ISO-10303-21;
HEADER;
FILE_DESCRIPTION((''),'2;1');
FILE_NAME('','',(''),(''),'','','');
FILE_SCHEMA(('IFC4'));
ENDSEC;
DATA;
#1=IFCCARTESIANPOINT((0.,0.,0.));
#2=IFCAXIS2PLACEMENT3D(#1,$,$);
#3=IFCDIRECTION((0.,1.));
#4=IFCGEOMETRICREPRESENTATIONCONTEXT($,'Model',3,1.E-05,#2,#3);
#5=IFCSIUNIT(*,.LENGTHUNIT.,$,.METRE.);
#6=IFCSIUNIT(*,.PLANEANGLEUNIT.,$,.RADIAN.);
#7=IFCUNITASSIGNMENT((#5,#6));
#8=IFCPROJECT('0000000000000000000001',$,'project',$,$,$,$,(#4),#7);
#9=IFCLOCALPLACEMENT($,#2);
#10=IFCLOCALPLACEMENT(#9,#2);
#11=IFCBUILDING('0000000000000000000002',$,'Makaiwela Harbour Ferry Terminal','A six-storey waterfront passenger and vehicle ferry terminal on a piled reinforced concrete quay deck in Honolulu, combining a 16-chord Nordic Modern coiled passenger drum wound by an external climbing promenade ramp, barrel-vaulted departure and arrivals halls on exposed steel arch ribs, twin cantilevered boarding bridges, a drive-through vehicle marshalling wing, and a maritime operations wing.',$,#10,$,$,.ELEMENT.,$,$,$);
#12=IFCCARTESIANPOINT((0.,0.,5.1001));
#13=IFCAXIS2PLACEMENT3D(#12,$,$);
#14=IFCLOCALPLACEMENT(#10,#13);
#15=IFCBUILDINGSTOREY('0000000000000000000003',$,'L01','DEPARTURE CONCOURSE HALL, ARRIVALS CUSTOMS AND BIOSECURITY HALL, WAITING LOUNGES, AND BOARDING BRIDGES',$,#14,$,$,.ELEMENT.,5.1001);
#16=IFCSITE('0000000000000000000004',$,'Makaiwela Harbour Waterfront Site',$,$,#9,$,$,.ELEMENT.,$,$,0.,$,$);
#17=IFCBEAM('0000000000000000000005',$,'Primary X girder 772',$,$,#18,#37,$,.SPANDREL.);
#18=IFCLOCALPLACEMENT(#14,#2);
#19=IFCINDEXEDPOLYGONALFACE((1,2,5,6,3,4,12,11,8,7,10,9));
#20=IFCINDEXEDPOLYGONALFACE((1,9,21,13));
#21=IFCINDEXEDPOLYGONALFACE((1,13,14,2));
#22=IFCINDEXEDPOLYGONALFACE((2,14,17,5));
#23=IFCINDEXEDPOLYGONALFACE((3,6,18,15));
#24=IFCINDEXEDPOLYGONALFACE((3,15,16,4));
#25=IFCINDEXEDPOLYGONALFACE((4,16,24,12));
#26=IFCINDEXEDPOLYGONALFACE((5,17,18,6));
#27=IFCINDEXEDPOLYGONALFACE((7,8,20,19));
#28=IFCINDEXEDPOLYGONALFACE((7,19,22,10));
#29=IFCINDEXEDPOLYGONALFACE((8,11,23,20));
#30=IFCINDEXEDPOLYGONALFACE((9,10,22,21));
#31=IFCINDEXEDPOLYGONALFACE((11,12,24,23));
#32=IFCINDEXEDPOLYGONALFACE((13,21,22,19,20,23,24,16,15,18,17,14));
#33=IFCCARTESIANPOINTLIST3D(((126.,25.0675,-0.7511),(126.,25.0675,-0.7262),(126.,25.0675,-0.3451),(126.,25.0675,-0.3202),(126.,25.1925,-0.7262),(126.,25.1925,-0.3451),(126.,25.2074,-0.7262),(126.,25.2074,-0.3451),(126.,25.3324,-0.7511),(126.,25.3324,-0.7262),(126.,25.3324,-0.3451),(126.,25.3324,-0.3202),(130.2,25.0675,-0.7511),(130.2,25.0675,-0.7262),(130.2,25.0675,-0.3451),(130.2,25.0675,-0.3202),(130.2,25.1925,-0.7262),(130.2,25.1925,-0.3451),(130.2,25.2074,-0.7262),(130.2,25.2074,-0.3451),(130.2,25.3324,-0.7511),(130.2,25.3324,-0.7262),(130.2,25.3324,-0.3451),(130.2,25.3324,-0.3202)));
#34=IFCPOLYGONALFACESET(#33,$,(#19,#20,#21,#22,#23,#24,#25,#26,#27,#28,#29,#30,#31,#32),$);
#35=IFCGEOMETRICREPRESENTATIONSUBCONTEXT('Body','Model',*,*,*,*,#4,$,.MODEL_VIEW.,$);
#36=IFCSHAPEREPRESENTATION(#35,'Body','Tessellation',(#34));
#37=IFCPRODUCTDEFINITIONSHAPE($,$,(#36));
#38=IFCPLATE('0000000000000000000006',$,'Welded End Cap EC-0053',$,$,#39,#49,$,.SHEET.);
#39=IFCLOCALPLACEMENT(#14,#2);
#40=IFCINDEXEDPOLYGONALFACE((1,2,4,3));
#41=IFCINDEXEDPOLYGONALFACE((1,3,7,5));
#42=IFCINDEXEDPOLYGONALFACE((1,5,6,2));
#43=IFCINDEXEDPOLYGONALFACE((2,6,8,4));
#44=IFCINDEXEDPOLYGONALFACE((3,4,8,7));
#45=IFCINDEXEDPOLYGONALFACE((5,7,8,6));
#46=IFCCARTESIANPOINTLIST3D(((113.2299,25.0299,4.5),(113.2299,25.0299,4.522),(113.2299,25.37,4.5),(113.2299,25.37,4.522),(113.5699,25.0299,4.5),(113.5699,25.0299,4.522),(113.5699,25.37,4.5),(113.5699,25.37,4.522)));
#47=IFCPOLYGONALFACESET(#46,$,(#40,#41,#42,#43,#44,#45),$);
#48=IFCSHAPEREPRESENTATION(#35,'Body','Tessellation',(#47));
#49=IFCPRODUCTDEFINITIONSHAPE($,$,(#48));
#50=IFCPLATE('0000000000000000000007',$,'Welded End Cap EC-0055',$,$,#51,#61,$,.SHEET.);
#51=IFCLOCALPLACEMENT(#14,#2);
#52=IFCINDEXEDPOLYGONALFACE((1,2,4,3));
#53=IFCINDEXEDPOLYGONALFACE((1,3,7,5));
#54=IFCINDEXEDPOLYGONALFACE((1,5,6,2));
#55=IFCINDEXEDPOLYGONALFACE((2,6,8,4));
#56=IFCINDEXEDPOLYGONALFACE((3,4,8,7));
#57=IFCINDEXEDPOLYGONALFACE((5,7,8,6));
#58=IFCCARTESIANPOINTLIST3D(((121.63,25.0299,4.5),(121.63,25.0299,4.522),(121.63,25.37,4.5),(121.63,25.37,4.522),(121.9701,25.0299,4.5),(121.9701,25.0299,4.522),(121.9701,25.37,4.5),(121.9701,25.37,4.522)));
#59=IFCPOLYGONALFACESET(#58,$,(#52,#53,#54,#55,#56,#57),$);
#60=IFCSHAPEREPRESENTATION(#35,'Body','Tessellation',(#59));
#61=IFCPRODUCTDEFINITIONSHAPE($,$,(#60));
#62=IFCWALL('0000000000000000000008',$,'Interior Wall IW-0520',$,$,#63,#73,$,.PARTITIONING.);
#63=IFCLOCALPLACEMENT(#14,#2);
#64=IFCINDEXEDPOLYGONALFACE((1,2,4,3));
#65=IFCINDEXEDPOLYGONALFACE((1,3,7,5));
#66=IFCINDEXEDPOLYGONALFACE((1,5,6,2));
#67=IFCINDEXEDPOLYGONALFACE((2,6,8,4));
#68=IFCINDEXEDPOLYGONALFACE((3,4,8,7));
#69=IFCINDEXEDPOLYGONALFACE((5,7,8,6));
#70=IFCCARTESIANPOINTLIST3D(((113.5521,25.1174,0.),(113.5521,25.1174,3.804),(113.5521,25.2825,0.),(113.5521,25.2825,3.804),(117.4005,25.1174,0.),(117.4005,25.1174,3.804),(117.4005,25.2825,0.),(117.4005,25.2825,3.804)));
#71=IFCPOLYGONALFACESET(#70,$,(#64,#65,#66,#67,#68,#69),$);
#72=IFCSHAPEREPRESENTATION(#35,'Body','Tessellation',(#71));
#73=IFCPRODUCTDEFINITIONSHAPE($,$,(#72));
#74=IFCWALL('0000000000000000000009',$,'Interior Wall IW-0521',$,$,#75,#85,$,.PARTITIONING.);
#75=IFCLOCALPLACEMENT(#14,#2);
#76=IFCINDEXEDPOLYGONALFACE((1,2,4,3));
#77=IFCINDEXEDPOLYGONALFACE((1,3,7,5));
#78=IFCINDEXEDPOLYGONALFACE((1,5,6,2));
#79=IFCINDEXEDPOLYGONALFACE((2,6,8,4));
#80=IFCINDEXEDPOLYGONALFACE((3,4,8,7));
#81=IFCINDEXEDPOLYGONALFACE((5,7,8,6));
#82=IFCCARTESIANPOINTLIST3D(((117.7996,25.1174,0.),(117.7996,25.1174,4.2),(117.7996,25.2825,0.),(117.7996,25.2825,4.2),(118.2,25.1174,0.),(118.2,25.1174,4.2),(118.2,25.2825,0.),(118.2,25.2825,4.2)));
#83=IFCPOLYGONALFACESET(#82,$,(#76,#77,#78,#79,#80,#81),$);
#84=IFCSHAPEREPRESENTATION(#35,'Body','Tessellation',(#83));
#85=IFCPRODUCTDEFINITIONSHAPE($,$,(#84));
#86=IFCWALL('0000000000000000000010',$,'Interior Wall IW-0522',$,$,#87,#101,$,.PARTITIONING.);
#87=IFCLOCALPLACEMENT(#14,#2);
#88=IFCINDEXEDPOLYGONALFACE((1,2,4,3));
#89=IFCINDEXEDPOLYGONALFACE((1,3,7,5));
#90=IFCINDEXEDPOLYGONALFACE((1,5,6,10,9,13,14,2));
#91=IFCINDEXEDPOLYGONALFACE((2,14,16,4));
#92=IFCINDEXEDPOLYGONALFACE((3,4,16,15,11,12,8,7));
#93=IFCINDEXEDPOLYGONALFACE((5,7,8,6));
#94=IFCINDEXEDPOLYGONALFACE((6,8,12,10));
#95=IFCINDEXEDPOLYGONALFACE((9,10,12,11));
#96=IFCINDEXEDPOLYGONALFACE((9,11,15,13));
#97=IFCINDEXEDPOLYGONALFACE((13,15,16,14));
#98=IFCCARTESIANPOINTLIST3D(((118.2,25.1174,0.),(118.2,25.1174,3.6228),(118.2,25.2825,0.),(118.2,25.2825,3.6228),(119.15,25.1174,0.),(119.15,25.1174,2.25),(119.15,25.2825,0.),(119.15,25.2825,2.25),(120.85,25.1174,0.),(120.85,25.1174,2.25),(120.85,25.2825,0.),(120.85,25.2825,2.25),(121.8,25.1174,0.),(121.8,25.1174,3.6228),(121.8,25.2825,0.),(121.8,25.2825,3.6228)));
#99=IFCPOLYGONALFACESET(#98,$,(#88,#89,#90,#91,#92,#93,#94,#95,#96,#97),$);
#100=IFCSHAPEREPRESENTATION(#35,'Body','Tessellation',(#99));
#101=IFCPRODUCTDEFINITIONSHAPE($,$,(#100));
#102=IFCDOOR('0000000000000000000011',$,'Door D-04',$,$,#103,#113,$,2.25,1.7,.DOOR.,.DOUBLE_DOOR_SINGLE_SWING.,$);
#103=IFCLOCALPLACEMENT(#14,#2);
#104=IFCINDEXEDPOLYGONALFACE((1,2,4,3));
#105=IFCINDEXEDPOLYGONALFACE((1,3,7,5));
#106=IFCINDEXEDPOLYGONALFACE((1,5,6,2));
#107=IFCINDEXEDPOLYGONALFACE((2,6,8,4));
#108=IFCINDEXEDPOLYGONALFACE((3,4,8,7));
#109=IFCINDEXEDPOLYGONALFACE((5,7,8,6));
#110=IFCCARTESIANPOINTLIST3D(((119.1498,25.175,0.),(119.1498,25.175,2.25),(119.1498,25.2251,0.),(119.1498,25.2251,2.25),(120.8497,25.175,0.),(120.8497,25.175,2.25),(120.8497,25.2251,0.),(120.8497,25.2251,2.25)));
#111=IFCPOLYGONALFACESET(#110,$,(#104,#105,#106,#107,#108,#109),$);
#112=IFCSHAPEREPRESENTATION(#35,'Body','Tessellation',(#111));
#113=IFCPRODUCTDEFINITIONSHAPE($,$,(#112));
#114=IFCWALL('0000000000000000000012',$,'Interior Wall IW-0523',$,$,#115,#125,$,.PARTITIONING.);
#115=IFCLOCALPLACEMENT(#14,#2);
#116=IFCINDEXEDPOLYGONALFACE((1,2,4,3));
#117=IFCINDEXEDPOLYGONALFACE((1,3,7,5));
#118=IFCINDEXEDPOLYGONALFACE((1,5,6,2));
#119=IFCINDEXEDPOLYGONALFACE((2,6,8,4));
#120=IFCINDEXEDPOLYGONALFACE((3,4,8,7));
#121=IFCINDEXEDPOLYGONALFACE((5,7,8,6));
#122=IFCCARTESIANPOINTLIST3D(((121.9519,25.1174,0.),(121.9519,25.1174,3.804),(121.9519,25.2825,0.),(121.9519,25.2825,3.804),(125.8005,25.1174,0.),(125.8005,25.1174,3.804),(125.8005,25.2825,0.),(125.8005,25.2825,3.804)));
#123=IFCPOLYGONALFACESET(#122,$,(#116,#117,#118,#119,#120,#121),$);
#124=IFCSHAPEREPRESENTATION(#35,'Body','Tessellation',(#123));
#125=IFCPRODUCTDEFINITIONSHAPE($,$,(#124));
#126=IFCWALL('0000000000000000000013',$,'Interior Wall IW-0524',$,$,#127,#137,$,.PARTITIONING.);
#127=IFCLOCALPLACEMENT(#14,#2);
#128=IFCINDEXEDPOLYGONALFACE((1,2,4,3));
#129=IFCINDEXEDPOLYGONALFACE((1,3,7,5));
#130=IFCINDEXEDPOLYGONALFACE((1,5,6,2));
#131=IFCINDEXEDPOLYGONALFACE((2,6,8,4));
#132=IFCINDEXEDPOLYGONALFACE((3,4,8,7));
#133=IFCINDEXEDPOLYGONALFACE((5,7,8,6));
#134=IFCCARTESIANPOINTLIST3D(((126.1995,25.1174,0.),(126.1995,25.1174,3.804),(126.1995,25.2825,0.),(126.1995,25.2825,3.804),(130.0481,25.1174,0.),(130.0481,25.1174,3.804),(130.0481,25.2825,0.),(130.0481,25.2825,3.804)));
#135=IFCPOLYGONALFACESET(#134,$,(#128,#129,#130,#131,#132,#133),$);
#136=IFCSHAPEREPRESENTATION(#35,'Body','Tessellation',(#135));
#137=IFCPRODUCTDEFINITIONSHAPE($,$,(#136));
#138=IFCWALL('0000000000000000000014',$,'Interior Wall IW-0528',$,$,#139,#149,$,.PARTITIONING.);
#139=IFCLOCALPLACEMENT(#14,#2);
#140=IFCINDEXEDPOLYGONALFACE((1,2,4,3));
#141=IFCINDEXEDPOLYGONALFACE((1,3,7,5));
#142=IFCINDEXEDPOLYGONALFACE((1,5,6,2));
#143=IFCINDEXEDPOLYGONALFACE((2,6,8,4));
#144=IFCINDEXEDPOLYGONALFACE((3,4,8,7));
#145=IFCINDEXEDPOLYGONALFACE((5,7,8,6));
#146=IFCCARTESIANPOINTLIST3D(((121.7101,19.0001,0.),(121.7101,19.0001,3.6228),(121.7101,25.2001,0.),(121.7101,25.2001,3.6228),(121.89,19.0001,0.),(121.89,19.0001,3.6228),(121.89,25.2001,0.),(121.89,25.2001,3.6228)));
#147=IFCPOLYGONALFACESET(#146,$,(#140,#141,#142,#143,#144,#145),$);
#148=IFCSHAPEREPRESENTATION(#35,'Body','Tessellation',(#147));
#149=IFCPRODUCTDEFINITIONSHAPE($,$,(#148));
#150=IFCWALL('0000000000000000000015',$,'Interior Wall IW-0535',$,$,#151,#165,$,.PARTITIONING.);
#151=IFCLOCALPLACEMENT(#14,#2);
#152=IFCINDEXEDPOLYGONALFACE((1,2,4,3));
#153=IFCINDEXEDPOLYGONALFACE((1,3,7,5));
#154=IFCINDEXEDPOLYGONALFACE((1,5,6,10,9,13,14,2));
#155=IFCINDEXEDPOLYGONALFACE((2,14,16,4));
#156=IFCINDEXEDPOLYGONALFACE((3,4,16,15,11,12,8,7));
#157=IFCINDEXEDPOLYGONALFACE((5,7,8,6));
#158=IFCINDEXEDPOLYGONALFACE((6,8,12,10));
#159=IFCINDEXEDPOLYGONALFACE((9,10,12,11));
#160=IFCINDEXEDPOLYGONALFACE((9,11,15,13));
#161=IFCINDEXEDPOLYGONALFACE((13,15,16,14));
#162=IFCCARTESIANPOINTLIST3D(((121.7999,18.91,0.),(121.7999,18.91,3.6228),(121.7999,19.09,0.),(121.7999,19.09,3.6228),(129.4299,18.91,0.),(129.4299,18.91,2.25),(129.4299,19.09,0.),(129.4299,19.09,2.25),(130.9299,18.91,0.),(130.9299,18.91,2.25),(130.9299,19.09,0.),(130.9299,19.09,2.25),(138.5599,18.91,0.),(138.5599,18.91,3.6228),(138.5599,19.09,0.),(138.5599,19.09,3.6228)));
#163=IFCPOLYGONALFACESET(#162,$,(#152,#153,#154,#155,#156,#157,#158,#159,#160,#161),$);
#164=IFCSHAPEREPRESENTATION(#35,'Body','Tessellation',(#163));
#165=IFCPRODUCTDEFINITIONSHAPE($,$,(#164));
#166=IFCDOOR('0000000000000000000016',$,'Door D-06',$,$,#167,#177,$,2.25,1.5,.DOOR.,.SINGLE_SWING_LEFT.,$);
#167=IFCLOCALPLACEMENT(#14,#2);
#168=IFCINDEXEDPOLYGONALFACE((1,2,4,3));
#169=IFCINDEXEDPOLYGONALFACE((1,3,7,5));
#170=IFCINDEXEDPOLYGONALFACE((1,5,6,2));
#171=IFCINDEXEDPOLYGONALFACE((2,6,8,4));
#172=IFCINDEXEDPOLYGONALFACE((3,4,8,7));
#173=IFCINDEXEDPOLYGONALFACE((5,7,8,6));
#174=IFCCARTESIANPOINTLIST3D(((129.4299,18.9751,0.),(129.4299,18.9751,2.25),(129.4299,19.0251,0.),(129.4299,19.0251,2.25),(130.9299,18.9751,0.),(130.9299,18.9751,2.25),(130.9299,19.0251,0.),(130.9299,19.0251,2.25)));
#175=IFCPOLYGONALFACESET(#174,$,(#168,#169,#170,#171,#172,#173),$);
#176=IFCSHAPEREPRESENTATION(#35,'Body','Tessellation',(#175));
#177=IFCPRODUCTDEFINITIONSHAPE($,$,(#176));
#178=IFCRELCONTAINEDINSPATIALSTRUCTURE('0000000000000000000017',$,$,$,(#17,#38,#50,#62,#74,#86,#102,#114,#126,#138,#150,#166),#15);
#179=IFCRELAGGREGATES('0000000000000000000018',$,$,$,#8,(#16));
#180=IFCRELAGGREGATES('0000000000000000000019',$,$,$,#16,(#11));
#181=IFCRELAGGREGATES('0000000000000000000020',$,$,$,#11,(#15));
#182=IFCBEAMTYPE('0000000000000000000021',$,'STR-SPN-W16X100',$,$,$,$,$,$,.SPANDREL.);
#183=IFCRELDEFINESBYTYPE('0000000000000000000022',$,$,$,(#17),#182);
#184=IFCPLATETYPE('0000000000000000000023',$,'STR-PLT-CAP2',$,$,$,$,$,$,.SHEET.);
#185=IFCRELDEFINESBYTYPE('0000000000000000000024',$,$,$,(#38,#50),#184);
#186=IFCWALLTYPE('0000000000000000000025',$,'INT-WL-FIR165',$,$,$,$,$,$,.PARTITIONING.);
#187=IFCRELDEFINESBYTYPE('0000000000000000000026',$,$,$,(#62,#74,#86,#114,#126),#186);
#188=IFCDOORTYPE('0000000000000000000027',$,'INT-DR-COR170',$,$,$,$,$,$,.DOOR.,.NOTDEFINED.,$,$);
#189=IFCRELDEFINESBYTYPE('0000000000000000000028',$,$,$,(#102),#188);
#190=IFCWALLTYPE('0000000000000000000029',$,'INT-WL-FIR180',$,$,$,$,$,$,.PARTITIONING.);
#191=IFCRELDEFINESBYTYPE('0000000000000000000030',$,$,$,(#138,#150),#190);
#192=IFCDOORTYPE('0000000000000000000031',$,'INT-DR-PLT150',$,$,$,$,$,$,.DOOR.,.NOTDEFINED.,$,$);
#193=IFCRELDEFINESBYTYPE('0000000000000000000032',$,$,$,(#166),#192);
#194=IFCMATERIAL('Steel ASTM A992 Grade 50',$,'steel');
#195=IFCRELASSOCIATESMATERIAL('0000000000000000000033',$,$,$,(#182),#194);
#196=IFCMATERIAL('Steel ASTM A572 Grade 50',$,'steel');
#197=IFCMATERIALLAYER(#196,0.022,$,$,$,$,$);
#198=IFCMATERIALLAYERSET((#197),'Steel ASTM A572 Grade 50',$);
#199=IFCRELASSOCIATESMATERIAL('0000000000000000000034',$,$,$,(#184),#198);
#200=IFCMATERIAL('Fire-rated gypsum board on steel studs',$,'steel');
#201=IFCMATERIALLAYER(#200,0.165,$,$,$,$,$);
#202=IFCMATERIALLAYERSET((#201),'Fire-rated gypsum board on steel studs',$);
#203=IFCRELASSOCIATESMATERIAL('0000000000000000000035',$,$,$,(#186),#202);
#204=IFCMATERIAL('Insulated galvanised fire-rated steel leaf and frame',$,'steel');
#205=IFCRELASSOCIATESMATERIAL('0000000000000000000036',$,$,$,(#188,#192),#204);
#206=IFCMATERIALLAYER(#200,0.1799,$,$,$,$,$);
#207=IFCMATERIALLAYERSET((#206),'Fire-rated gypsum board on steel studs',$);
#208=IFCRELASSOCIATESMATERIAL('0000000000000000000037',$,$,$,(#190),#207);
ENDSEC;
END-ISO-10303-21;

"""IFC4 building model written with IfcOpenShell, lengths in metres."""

from ifc_helpers import new_model, si_unit, direction, frame, frame_2d, origin, origin_2d, place, context, subcontext, project, spatial, rectangle, i_section, extrude, material, layer, layer_set, material_profile, profile_set, type_object, element, fill, save


model = new_model("IFC4")

# Units and contexts
model_context = context("Model", 3, precision=1e-05, world=origin(), true_north=direction((0.0, 1.0)))
body_context = subcontext(model_context, "Body", "Model", "MODEL_VIEW")
ifc_project = project(units=[si_unit("LENGTHUNIT", "METRE"), si_unit("PLANEANGLEUNIT", "RADIAN")], contexts=[model_context])

# Site, building, storey
site_placement = place(None, origin())
site = spatial("IfcSite", under=ifc_project, at=site_placement, Name="Makaiwela Harbour Waterfront Site", CompositionType="ELEMENT", RefElevation=0.0)
building_placement = place(site_placement, origin())
building = spatial("IfcBuilding", under=site, at=building_placement, Name="Makaiwela Harbour Ferry Terminal", Description="A six-storey waterfront passenger and vehicle ferry terminal on a piled reinforced concrete quay deck in Honolulu, combining a 16-chord Nordic Modern coiled passenger drum wound by an external climbing promenade ramp, barrel-vaulted departure and arrivals halls on exposed steel arch ribs, twin cantilevered boarding bridges, a drive-through vehicle marshalling wing, and a maritime operations wing.", CompositionType="ELEMENT")
storey_placement = place(building_placement, frame((0.0, 0.0, 5.1001)))
storey = spatial("IfcBuildingStorey", under=building, at=storey_placement, Name="L01", Description="DEPARTURE CONCOURSE HALL, ARRIVALS CUSTOMS AND BIOSECURITY HALL, WAITING LOUNGES, AND BOARDING BRIDGES", CompositionType="ELEMENT", Elevation=5.1001)

# Shared definitions
ifc_material_1 = material(Name="Steel ASTM A992 Grade 50", Category="steel")

# Beam
ifc_material_profile_1 = material_profile(ifc_material_1, i_section(OverallWidth=0.2649, OverallDepth=0.4309, WebThickness=0.0149, FlangeThickness=0.0249, at=origin_2d()), Name="W16X100")
ifc_profile_set_1 = profile_set([ifc_material_profile_1], Name="Steel ASTM A992 Grade 50")
beam_type_1 = type_object("IfcBeamType", Name="STR-SPN-W16X100", PredefinedType="SPANDREL", material=ifc_profile_set_1)
for number, where, z_axis, x_axis, name in (
    (1, (126.0, 25.2, -0.5356), (1.0, 0.0, 0.0), (0.0, 1.0, 0.0), "Primary X girder 772"),
):
    element("IfcBeam", number, at=place(storey_placement, frame(where, z_axis=z_axis, x_axis=x_axis)), inside=storey, type_object=beam_type_1, Name=name, PredefinedType="SPANDREL", context=body_context, shape_type="SweptSolid", body=[
        extrude(i_section(OverallWidth=0.2649, OverallDepth=0.4309, WebThickness=0.0149, FlangeThickness=0.0249, at=origin_2d()), origin(), (0.0, 0.0, 1.0), 4.2),
    ])

# Plates
ifc_material_2 = material(Name="Steel ASTM A572 Grade 50", Category="steel")
ifc_layer_1 = layer(ifc_material_2, 0.022)
ifc_layer_set_1 = layer_set([ifc_layer_1], Name="Steel ASTM A572 Grade 50")
plate_type = type_object("IfcPlateType", Name="STR-PLT-CAP2", PredefinedType="SHEET", material=ifc_layer_set_1)
for number, where, z_axis, x_axis, name in (
    (2, (113.3999, 25.2, 4.5), (0.0, 0.0, 1.0), (1.0, 0.0, 0.0), "Welded End Cap EC-0053"),
    (3, (121.8, 25.2, 4.5), (0.0, 0.0, 1.0), (1.0, 0.0, 0.0), "Welded End Cap EC-0055"),
):
    element("IfcPlate", number, at=place(storey_placement, frame(where, z_axis=z_axis, x_axis=x_axis)), inside=storey, type_object=plate_type, Name=name, PredefinedType="SHEET", context=body_context, shape_type="SweptSolid", body=[
        extrude(rectangle(XDim=0.3401, YDim=0.3401, at=origin_2d()), origin(), (0.0, 0.0, 1.0), 0.022),
    ])

# Walls
ifc_material_3 = material(Name="Fire-rated gypsum board on steel studs", Category="steel")
ifc_layer_2 = layer(ifc_material_3, 0.165)
ifc_layer_set_2 = layer_set([ifc_layer_2], Name="Fire-rated gypsum board on steel studs")
wall_type_1 = type_object("IfcWallType", Name="INT-WL-FIR165", PredefinedType="PARTITIONING", material=ifc_layer_set_2)
wall_1_placement = place(storey_placement, frame((113.552, 25.2, 0.0), z_axis=(0.0, 0.0, 1.0), x_axis=(1.0, 0.0, 0.0)))
element("IfcWall", 4, at=wall_1_placement, inside=storey, type_object=wall_type_1, Name="Interior Wall IW-0520", PredefinedType="PARTITIONING", context=body_context, shape_type="SweptSolid", body=[
    extrude(rectangle(XDim=3.8484, YDim=0.165, at=frame_2d((1.9243, 0.0))), origin(), (0.0, 0.0, 1.0), 3.804),
])
wall_2_placement = place(storey_placement, frame((117.7996, 25.2, 0.0), z_axis=(0.0, 0.0, 1.0), x_axis=(1.0, 0.0, 0.0)))
element("IfcWall", 5, at=wall_2_placement, inside=storey, type_object=wall_type_1, Name="Interior Wall IW-0521", PredefinedType="PARTITIONING", context=body_context, shape_type="SweptSolid", body=[
    extrude(rectangle(XDim=0.4004, YDim=0.165, at=frame_2d((0.2002, 0.0))), origin(), (0.0, 0.0, 1.0), 4.2),
])

# Wall, opening, door
wall_3_placement = place(storey_placement, frame((118.2, 25.2, 0.0), z_axis=(0.0, 0.0, 1.0), x_axis=(1.0, 0.0, 0.0)))
wall_3 = element("IfcWall", 6, at=wall_3_placement, inside=storey, type_object=wall_type_1, Name="Interior Wall IW-0522", PredefinedType="PARTITIONING", context=body_context, shape_type="SweptSolid", body=[
    extrude(rectangle(XDim=3.6001, YDim=0.165, at=frame_2d((1.8, 0.0))), origin(), (0.0, 0.0, 1.0), 3.6228),
])
opening_1_placement = place(wall_3_placement, frame((0.95, 0.0, 0.0)))
opening_1 = element("IfcOpeningElement", 7, at=opening_1_placement, cuts=wall_3, PredefinedType="OPENING", context=body_context, shape_type="SweptSolid", body=[
    extrude(rectangle(XDim=1.7, YDim=2.25, at=frame_2d((0.8501, 1.125))), frame((0.0, 0.0925, 0.0), z_axis=(0.0, -1.0, 0.0), x_axis=(1.0, 0.0, 0.0)), (0.0, 0.0, 1.0), 0.1851),
])
ifc_material_4 = material(Name="Insulated galvanised fire-rated steel leaf and frame", Category="steel")
door_type_1 = type_object("IfcDoorType", Name="INT-DR-COR170", OperationType="NOTDEFINED", PredefinedType="DOOR", material=ifc_material_4)
door_1_placement = place(opening_1_placement, frame((1.7, 0.0, 0.0), z_axis=(0.0, 0.0, 1.0), x_axis=(-1.0, 0.0, 0.0)))
door_1 = element("IfcDoor", 8, at=door_1_placement, inside=storey, type_object=door_type_1, Name="Door D-04", OperationType="DOUBLE_DOOR_SINGLE_SWING", OverallHeight=2.25, OverallWidth=1.7, PredefinedType="DOOR", context=body_context, shape_type="SweptSolid", body=[
    extrude(rectangle(XDim=1.7, YDim=2.25, at=frame_2d((0.8501, 1.125))), frame((0.0, 0.0249, 0.0), z_axis=(0.0, -1.0, 0.0), x_axis=(1.0, 0.0, 0.0)), (0.0, 0.0, 1.0), 0.05),
])
fill(opening_1, door_1)

# Walls
for number, where, z_axis, x_axis, name in (
    (9, (121.9519, 25.2, 0.0), (0.0, 0.0, 1.0), (1.0, 0.0, 0.0), "Interior Wall IW-0523"),
    (10, (126.1995, 25.2, 0.0), (0.0, 0.0, 1.0), (1.0, 0.0, 0.0), "Interior Wall IW-0524"),
):
    element("IfcWall", number, at=place(storey_placement, frame(where, z_axis=z_axis, x_axis=x_axis)), inside=storey, type_object=wall_type_1, Name=name, PredefinedType="PARTITIONING", context=body_context, shape_type="SweptSolid", body=[
        extrude(rectangle(XDim=3.8486, YDim=0.165, at=frame_2d((1.9243, 0.0))), origin(), (0.0, 0.0, 1.0), 3.804),
    ])
ifc_layer_3 = layer(ifc_material_3, 0.1799)
ifc_layer_set_3 = layer_set([ifc_layer_3], Name="Fire-rated gypsum board on steel studs")
wall_type_2 = type_object("IfcWallType", Name="INT-WL-FIR180", PredefinedType="PARTITIONING", material=ifc_layer_set_3)
wall_4_placement = place(storey_placement, frame((121.8, 19.0, 0.0), z_axis=(0.0, 0.0, 1.0), x_axis=(0.0, 1.0, 0.0)))
element("IfcWall", 11, at=wall_4_placement, inside=storey, type_object=wall_type_2, Name="Interior Wall IW-0528", PredefinedType="PARTITIONING", context=body_context, shape_type="SweptSolid", body=[
    extrude(rectangle(XDim=6.2, YDim=0.1799, at=frame_2d((3.1001, 0.0))), origin(), (0.0, 0.0, 1.0), 3.6228),
])

# Wall, opening, door
wall_5_placement = place(storey_placement, frame((121.8, 19.0, 0.0), z_axis=(0.0, 0.0, 1.0), x_axis=(1.0, 0.0, 0.0)))
wall_5 = element("IfcWall", 12, at=wall_5_placement, inside=storey, type_object=wall_type_2, Name="Interior Wall IW-0535", PredefinedType="PARTITIONING", context=body_context, shape_type="SweptSolid", body=[
    extrude(rectangle(XDim=16.76, YDim=0.1799, at=frame_2d((8.3799, 0.0))), origin(), (0.0, 0.0, 1.0), 3.6228),
])
opening_2_placement = place(wall_5_placement, frame((7.6299, 0.0, 0.0)))
opening_2 = element("IfcOpeningElement", 13, at=opening_2_placement, cuts=wall_5, PredefinedType="OPENING", context=body_context, shape_type="SweptSolid", body=[
    extrude(rectangle(XDim=1.5, YDim=2.25, at=frame_2d((0.75, 1.125))), frame((0.0, 0.0999, 0.0), z_axis=(0.0, -1.0, 0.0), x_axis=(1.0, 0.0, 0.0)), (0.0, 0.0, 1.0), 0.2),
])
door_type_2 = type_object("IfcDoorType", Name="INT-DR-PLT150", OperationType="NOTDEFINED", PredefinedType="DOOR", material=ifc_material_4)
door_2_placement = place(opening_2_placement, frame((1.5, 0.0, 0.0), z_axis=(0.0, 0.0, 1.0), x_axis=(-1.0, 0.0, 0.0)))
door_2 = element("IfcDoor", 14, at=door_2_placement, inside=storey, type_object=door_type_2, Name="Door D-06", OperationType="SINGLE_SWING_LEFT", OverallHeight=2.25, OverallWidth=1.5, PredefinedType="DOOR", context=body_context, shape_type="SweptSolid", body=[
    extrude(rectangle(XDim=1.5, YDim=2.25, at=frame_2d((0.75, 1.125))), frame((0.0, 0.0249, 0.0), z_axis=(0.0, -1.0, 0.0), x_axis=(1.0, 0.0, 0.0)), (0.0, 0.0, 1.0), 0.05),
])
fill(opening_2, door_2)

save(model, "model.ifc")
